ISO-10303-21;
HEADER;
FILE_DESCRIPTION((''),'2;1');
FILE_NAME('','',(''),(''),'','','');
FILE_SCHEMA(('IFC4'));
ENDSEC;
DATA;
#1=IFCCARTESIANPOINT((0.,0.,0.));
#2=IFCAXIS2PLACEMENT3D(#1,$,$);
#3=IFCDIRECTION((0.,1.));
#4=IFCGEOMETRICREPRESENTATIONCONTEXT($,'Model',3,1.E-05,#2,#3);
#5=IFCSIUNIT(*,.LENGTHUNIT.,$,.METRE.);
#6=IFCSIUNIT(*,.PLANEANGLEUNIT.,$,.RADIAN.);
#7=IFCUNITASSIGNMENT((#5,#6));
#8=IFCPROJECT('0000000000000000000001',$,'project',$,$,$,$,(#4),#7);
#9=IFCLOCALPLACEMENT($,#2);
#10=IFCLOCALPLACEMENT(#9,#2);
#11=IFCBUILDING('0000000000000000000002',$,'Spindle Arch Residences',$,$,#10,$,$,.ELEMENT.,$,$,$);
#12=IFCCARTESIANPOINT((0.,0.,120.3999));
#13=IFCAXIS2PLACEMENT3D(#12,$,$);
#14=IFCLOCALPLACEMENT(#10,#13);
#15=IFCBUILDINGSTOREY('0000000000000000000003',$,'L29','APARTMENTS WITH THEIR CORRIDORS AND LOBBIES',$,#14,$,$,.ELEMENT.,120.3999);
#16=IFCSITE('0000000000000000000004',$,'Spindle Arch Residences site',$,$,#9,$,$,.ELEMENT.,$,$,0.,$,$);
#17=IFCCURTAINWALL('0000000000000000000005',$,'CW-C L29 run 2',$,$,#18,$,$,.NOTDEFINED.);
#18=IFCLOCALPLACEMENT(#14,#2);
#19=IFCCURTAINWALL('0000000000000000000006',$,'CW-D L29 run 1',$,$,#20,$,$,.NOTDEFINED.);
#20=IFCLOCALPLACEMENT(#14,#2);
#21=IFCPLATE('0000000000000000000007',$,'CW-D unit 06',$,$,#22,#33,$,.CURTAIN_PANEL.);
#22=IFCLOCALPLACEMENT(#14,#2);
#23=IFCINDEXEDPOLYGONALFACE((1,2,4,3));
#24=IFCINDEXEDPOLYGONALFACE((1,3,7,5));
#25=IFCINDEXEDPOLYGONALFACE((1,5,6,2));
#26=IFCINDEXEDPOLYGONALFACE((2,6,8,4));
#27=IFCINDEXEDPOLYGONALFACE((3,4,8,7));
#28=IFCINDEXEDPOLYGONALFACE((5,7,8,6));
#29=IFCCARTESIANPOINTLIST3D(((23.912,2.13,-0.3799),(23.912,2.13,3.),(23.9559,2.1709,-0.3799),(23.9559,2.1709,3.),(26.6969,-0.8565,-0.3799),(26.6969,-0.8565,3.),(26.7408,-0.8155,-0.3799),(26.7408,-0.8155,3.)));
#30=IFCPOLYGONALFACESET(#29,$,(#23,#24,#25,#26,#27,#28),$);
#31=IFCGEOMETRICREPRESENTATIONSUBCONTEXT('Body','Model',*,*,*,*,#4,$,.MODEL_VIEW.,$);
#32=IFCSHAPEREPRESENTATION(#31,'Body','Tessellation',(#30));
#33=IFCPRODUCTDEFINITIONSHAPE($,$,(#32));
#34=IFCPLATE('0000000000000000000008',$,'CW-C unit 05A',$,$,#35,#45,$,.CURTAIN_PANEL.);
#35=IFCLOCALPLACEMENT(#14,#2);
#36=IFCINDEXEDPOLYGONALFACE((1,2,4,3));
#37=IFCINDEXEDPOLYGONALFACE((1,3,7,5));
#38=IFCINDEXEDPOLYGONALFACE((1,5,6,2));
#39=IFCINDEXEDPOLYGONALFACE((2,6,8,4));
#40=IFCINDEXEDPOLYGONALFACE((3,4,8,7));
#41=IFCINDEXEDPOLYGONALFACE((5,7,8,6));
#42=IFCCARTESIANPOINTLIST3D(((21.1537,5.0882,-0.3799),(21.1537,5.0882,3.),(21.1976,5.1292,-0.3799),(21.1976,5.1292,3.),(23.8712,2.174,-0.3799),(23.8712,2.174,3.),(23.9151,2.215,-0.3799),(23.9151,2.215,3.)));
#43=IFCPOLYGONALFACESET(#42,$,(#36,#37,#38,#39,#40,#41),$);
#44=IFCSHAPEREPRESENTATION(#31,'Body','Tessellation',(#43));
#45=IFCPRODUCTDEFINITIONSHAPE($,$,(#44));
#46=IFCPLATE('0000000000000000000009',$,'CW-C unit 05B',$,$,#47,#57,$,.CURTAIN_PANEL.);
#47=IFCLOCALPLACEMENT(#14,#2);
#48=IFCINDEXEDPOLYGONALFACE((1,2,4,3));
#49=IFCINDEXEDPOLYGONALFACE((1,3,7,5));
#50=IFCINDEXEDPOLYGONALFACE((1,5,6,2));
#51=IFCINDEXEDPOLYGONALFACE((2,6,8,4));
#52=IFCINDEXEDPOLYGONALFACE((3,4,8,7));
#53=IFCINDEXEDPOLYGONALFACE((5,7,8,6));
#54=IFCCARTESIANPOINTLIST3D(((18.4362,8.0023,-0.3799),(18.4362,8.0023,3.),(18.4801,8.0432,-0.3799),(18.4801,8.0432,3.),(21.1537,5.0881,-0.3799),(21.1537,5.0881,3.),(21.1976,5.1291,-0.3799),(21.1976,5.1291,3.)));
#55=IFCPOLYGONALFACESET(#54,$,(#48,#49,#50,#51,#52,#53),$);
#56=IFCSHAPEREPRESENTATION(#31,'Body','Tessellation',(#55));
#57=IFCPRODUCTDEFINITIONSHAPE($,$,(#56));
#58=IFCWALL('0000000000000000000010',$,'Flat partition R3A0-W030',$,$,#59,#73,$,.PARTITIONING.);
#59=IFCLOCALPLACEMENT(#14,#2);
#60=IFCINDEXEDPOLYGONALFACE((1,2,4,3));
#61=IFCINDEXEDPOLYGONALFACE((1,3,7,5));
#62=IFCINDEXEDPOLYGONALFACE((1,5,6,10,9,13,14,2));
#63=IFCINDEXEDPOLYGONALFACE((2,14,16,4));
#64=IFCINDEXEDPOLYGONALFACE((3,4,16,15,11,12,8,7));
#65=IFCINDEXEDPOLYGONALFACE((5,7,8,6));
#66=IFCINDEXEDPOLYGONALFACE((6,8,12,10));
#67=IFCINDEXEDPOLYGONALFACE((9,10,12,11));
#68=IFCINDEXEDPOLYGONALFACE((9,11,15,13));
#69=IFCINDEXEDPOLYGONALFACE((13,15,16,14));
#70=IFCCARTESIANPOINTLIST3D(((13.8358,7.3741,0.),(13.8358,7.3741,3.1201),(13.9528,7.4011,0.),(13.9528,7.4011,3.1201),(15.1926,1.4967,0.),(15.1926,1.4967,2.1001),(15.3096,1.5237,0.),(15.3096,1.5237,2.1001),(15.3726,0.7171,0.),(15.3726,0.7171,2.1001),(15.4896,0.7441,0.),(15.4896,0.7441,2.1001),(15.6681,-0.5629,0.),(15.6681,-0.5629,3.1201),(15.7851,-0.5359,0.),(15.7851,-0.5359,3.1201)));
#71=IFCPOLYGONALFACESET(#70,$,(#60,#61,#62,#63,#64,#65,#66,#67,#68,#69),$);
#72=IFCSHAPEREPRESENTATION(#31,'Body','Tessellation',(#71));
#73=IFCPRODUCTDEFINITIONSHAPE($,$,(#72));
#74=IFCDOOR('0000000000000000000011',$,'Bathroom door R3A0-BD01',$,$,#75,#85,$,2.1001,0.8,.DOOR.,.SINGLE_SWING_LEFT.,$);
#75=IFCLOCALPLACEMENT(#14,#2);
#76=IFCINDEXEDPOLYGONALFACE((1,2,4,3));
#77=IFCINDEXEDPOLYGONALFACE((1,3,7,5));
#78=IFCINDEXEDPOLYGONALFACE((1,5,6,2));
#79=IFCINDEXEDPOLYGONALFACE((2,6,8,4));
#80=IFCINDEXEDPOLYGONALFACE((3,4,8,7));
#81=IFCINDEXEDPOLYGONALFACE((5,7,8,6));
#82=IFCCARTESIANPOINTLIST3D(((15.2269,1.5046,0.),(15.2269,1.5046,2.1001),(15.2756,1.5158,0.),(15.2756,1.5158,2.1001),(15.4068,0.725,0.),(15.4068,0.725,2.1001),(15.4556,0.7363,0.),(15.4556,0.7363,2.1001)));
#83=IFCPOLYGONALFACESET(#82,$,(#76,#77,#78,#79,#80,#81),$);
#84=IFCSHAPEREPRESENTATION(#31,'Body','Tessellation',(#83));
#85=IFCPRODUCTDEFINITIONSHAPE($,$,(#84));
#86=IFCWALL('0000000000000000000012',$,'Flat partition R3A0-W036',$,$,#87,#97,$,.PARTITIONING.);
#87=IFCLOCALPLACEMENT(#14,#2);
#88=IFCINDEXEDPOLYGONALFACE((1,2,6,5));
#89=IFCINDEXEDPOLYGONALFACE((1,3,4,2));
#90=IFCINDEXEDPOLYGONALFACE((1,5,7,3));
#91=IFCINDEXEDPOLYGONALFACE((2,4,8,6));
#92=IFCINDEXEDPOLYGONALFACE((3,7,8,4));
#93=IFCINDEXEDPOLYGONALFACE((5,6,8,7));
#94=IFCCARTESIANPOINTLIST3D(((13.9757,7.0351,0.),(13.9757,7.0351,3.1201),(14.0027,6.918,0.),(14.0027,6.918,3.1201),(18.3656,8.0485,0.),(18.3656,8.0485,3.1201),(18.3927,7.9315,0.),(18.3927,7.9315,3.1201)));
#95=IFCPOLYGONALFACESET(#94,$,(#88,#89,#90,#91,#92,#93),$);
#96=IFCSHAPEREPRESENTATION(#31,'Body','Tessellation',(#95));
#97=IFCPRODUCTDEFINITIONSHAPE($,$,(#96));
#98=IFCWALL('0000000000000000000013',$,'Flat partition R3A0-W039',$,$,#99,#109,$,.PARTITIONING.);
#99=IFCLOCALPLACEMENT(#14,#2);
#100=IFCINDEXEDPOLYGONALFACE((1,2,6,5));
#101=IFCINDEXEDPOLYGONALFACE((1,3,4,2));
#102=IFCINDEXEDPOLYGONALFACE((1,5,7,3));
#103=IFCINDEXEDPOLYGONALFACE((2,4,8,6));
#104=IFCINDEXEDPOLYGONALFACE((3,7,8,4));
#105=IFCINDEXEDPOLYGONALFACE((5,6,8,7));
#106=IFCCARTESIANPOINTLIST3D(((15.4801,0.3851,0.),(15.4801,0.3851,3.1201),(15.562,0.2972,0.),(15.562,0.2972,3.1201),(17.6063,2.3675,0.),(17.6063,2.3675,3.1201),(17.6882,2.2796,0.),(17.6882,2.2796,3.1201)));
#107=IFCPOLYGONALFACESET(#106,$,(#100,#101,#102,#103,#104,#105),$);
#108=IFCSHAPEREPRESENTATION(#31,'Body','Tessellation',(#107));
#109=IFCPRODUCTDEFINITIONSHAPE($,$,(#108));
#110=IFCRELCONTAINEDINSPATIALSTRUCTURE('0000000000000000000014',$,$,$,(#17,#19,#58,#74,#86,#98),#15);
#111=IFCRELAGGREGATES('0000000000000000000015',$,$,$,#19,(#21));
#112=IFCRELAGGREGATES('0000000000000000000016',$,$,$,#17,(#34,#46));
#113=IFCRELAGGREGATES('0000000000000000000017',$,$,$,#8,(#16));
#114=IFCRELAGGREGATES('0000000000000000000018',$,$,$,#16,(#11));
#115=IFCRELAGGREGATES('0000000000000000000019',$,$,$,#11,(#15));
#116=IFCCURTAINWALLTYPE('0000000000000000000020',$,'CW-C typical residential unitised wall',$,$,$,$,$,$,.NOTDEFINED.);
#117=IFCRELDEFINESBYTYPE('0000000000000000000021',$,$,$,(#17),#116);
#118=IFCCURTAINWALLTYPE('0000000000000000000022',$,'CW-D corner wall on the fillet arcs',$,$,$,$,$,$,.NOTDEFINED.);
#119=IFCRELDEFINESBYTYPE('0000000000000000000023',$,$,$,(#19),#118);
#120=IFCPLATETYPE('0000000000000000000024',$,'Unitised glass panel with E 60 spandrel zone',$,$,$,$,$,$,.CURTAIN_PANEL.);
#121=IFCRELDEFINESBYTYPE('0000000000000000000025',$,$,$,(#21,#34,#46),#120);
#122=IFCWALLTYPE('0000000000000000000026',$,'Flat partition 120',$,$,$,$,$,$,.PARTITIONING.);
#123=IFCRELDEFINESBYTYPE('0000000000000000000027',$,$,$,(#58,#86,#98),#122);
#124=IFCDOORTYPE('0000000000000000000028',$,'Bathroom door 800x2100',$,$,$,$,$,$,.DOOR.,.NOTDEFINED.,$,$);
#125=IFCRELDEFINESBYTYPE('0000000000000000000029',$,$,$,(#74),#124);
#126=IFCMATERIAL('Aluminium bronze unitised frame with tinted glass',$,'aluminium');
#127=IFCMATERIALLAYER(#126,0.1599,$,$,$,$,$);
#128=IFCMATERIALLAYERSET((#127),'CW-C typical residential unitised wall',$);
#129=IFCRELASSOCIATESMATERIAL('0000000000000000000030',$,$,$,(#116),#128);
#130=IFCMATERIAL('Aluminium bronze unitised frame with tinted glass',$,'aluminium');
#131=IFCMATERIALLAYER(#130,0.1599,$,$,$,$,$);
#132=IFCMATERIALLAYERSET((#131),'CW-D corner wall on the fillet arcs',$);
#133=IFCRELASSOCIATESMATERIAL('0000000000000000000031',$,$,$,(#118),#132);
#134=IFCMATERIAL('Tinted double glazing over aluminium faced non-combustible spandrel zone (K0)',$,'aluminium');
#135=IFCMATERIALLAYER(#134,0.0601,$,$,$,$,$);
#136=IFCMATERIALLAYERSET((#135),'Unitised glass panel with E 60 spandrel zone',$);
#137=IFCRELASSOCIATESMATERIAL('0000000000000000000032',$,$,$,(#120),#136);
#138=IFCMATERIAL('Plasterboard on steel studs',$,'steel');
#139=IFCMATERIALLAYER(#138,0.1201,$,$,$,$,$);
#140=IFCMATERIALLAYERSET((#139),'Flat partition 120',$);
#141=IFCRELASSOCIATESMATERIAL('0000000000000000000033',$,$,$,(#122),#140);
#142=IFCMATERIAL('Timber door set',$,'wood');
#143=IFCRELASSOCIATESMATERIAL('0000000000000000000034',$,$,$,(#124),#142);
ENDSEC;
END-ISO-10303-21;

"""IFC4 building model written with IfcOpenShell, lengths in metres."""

from ifc_helpers import new_model, si_unit, direction, frame, frame_2d, origin, origin_2d, place, context, subcontext, project, spatial, rectangle, extrude, material, layer, layer_set, type_object, element, fill, aggregate, save


model = new_model("IFC4")

# Units and contexts
model_context = context("Model", 3, precision=1e-05, world=origin(), true_north=direction((0.0, 1.0)))
body_context = subcontext(model_context, "Body", "Model", "MODEL_VIEW")
ifc_project = project(units=[si_unit("LENGTHUNIT", "METRE"), si_unit("PLANEANGLEUNIT", "RADIAN")], contexts=[model_context])

# Site, building, storey
site_placement = place(None, origin())
site = spatial("IfcSite", under=ifc_project, at=site_placement, Name="Spindle Arch Residences site", CompositionType="ELEMENT", RefElevation=0.0)
building_placement = place(site_placement, origin())
building = spatial("IfcBuilding", under=site, at=building_placement, Name="Spindle Arch Residences", CompositionType="ELEMENT")
storey_placement = place(building_placement, frame((0.0, 0.0, 120.3999)))
storey = spatial("IfcBuildingStorey", under=building, at=storey_placement, Name="L29", Description="APARTMENTS WITH THEIR CORRIDORS AND LOBBIES", CompositionType="ELEMENT", Elevation=120.3999)

# Curtain wall
ifc_material_1 = material(Name="Aluminium bronze unitised frame with tinted glass", Category="aluminium")
ifc_layer_1 = layer(ifc_material_1, 0.1599)
ifc_layer_set_1 = layer_set([ifc_layer_1], Name="CW-C typical residential unitised wall")
curtain_wall_type_1 = type_object("IfcCurtainWallType", Name="CW-C typical residential unitised wall", PredefinedType="NOTDEFINED", material=ifc_layer_set_1)
curtain_wall_1_placement = place(storey_placement, origin())
curtain_wall_1 = element("IfcCurtainWall", 1, at=curtain_wall_1_placement, inside=storey, type_object=curtain_wall_type_1, Name="CW-C L29 run 2", PredefinedType="NOTDEFINED")

# Curtain wall, plate
ifc_material_2 = material(Name="Aluminium bronze unitised frame with tinted glass", Category="aluminium")
ifc_layer_2 = layer(ifc_material_2, 0.1599)
ifc_layer_set_2 = layer_set([ifc_layer_2], Name="CW-D corner wall on the fillet arcs")
curtain_wall_type_2 = type_object("IfcCurtainWallType", Name="CW-D corner wall on the fillet arcs", PredefinedType="NOTDEFINED", material=ifc_layer_set_2)
curtain_wall_2_placement = place(storey_placement, origin())
curtain_wall_2 = element("IfcCurtainWall", 2, at=curtain_wall_2_placement, inside=storey, type_object=curtain_wall_type_2, Name="CW-D L29 run 1", PredefinedType="NOTDEFINED")
ifc_material_3 = material(Name="Tinted double glazing over aluminium faced non-combustible spandrel zone (K0)", Category="aluminium")
ifc_layer_3 = layer(ifc_material_3, 0.0601)
ifc_layer_set_3 = layer_set([ifc_layer_3], Name="Unitised glass panel with E 60 spandrel zone")
plate_type = type_object("IfcPlateType", Name="Unitised glass panel with E 60 spandrel zone", PredefinedType="CURTAIN_PANEL", material=ifc_layer_set_3)
plate_1_placement = place(storey_placement, frame((25.3264, 0.6572, -0.3799), z_axis=(0.0, 0.0, 1.0), x_axis=(-0.681998, 0.731354, 0.0)))
plate_1 = element("IfcPlate", 3, at=plate_1_placement, type_object=plate_type, Name="CW-D unit 06", PredefinedType="CURTAIN_PANEL", context=body_context, shape_type="SweptSolid", body=[
    extrude(rectangle(XDim=4.0835, YDim=0.0601, at=origin_2d()), origin(), (0.0, 0.0, 1.0), 3.3799),
])
aggregate(curtain_wall_2, [plate_1])

# Plates
plate_2_placement = place(storey_placement, frame((22.5344, 3.6516, -0.3799), z_axis=(0.0, 0.0, 1.0), x_axis=(-0.681998, 0.731354, 0.0)))
plate_2 = element("IfcPlate", 4, at=plate_2_placement, type_object=plate_type, Name="CW-C unit 05A", PredefinedType="CURTAIN_PANEL", context=body_context, shape_type="SweptSolid", body=[
    extrude(rectangle(XDim=3.9846, YDim=0.0601, at=origin_2d()), origin(), (0.0, 0.0, 1.0), 3.3799),
])
plate_3_placement = place(storey_placement, frame((19.8169, 6.5657, -0.3799), z_axis=(0.0, 0.0, 1.0), x_axis=(-0.681998, 0.731354, 0.0)))
plate_3 = element("IfcPlate", 5, at=plate_3_placement, type_object=plate_type, Name="CW-C unit 05B", PredefinedType="CURTAIN_PANEL", context=body_context, shape_type="SweptSolid", body=[
    extrude(rectangle(XDim=3.9846, YDim=0.0601, at=origin_2d()), origin(), (0.0, 0.0, 1.0), 3.3799),
])
aggregate(curtain_wall_1, [plate_2, plate_3])

# Wall, opening, door
ifc_material_4 = material(Name="Plasterboard on steel studs", Category="steel")
ifc_layer_4 = layer(ifc_material_4, 0.1201)
ifc_layer_set_4 = layer_set([ifc_layer_4], Name="Flat partition 120")
wall_type = type_object("IfcWallType", Name="Flat partition 120", PredefinedType="PARTITIONING", material=ifc_layer_set_4)
wall_1_placement = place(storey_placement, frame((15.7266, -0.5493, 0.0), z_axis=(0.0, 0.0, 1.0), x_axis=(-0.224936, 0.974374, 0.0)))
wall_1 = element("IfcWall", 6, at=wall_1_placement, inside=storey, type_object=wall_type, Name="Flat partition R3A0-W030", PredefinedType="PARTITIONING", context=body_context, shape_type="SweptSolid", body=[
    extrude(rectangle(XDim=8.1458, YDim=0.1201, at=frame_2d((4.0728, 0.0))), origin(), (0.0, 0.0, 1.0), 3.1201),
])
opening_placement = place(wall_1_placement, frame((1.3137, 0.0, 0.0)))
opening = element("IfcOpeningElement", 7, at=opening_placement, cuts=wall_1, PredefinedType="OPENING", context=body_context, shape_type="SweptSolid", body=[
    extrude(rectangle(XDim=0.8, YDim=2.1001, at=frame_2d((0.3999, 1.05))), frame((0.0, 0.0701, 0.0), z_axis=(0.0, -1.0, 0.0), x_axis=(1.0, 0.0, 0.0)), (0.0, 0.0, 1.0), 0.1401),
])
ifc_material_5 = material(Name="Timber door set", Category="wood")
door_type = type_object("IfcDoorType", Name="Bathroom door 800x2100", OperationType="NOTDEFINED", PredefinedType="DOOR", material=ifc_material_5)
door_placement = place(opening_placement, origin())
door = element("IfcDoor", 8, at=door_placement, inside=storey, type_object=door_type, Name="Bathroom door R3A0-BD01", OperationType="SINGLE_SWING_LEFT", OverallHeight=2.1001, OverallWidth=0.8, PredefinedType="DOOR", context=body_context, shape_type="SweptSolid", body=[
    extrude(rectangle(XDim=0.8, YDim=2.1001, at=frame_2d((0.3999, 1.05))), frame((0.0, 0.0249, 0.0), z_axis=(0.0, -1.0, 0.0), x_axis=(1.0, 0.0, 0.0)), (0.0, 0.0, 1.0), 0.05),
])
fill(opening, door)

# Walls
wall_2_placement = place(storey_placement, frame((18.3792, 7.99, 0.0), z_axis=(0.0, 0.0, 1.0), x_axis=(-0.974373, -0.224939, 0.0)))
element("IfcWall", 9, at=wall_2_placement, inside=storey, type_object=wall_type, Name="Flat partition R3A0-W036", PredefinedType="PARTITIONING", context=body_context, shape_type="SweptSolid", body=[
    extrude(rectangle(XDim=4.5054, YDim=0.1201, at=frame_2d((2.2527, 0.0))), origin(), (0.0, 0.0, 1.0), 3.1201),
])
wall_3_placement = place(storey_placement, frame((15.521, 0.3411, 0.0), z_axis=(0.0, 0.0, 1.0), x_axis=(0.731407, 0.681941, 0.0)))
element("IfcWall", 10, at=wall_3_placement, inside=storey, type_object=wall_type, Name="Flat partition R3A0-W039", PredefinedType="PARTITIONING", context=body_context, shape_type="SweptSolid", body=[
    extrude(rectangle(XDim=2.907, YDim=0.1201, at=frame_2d((1.4536, 0.0))), origin(), (0.0, 0.0, 1.0), 3.1201),
])

save(model, "model.ifc")
